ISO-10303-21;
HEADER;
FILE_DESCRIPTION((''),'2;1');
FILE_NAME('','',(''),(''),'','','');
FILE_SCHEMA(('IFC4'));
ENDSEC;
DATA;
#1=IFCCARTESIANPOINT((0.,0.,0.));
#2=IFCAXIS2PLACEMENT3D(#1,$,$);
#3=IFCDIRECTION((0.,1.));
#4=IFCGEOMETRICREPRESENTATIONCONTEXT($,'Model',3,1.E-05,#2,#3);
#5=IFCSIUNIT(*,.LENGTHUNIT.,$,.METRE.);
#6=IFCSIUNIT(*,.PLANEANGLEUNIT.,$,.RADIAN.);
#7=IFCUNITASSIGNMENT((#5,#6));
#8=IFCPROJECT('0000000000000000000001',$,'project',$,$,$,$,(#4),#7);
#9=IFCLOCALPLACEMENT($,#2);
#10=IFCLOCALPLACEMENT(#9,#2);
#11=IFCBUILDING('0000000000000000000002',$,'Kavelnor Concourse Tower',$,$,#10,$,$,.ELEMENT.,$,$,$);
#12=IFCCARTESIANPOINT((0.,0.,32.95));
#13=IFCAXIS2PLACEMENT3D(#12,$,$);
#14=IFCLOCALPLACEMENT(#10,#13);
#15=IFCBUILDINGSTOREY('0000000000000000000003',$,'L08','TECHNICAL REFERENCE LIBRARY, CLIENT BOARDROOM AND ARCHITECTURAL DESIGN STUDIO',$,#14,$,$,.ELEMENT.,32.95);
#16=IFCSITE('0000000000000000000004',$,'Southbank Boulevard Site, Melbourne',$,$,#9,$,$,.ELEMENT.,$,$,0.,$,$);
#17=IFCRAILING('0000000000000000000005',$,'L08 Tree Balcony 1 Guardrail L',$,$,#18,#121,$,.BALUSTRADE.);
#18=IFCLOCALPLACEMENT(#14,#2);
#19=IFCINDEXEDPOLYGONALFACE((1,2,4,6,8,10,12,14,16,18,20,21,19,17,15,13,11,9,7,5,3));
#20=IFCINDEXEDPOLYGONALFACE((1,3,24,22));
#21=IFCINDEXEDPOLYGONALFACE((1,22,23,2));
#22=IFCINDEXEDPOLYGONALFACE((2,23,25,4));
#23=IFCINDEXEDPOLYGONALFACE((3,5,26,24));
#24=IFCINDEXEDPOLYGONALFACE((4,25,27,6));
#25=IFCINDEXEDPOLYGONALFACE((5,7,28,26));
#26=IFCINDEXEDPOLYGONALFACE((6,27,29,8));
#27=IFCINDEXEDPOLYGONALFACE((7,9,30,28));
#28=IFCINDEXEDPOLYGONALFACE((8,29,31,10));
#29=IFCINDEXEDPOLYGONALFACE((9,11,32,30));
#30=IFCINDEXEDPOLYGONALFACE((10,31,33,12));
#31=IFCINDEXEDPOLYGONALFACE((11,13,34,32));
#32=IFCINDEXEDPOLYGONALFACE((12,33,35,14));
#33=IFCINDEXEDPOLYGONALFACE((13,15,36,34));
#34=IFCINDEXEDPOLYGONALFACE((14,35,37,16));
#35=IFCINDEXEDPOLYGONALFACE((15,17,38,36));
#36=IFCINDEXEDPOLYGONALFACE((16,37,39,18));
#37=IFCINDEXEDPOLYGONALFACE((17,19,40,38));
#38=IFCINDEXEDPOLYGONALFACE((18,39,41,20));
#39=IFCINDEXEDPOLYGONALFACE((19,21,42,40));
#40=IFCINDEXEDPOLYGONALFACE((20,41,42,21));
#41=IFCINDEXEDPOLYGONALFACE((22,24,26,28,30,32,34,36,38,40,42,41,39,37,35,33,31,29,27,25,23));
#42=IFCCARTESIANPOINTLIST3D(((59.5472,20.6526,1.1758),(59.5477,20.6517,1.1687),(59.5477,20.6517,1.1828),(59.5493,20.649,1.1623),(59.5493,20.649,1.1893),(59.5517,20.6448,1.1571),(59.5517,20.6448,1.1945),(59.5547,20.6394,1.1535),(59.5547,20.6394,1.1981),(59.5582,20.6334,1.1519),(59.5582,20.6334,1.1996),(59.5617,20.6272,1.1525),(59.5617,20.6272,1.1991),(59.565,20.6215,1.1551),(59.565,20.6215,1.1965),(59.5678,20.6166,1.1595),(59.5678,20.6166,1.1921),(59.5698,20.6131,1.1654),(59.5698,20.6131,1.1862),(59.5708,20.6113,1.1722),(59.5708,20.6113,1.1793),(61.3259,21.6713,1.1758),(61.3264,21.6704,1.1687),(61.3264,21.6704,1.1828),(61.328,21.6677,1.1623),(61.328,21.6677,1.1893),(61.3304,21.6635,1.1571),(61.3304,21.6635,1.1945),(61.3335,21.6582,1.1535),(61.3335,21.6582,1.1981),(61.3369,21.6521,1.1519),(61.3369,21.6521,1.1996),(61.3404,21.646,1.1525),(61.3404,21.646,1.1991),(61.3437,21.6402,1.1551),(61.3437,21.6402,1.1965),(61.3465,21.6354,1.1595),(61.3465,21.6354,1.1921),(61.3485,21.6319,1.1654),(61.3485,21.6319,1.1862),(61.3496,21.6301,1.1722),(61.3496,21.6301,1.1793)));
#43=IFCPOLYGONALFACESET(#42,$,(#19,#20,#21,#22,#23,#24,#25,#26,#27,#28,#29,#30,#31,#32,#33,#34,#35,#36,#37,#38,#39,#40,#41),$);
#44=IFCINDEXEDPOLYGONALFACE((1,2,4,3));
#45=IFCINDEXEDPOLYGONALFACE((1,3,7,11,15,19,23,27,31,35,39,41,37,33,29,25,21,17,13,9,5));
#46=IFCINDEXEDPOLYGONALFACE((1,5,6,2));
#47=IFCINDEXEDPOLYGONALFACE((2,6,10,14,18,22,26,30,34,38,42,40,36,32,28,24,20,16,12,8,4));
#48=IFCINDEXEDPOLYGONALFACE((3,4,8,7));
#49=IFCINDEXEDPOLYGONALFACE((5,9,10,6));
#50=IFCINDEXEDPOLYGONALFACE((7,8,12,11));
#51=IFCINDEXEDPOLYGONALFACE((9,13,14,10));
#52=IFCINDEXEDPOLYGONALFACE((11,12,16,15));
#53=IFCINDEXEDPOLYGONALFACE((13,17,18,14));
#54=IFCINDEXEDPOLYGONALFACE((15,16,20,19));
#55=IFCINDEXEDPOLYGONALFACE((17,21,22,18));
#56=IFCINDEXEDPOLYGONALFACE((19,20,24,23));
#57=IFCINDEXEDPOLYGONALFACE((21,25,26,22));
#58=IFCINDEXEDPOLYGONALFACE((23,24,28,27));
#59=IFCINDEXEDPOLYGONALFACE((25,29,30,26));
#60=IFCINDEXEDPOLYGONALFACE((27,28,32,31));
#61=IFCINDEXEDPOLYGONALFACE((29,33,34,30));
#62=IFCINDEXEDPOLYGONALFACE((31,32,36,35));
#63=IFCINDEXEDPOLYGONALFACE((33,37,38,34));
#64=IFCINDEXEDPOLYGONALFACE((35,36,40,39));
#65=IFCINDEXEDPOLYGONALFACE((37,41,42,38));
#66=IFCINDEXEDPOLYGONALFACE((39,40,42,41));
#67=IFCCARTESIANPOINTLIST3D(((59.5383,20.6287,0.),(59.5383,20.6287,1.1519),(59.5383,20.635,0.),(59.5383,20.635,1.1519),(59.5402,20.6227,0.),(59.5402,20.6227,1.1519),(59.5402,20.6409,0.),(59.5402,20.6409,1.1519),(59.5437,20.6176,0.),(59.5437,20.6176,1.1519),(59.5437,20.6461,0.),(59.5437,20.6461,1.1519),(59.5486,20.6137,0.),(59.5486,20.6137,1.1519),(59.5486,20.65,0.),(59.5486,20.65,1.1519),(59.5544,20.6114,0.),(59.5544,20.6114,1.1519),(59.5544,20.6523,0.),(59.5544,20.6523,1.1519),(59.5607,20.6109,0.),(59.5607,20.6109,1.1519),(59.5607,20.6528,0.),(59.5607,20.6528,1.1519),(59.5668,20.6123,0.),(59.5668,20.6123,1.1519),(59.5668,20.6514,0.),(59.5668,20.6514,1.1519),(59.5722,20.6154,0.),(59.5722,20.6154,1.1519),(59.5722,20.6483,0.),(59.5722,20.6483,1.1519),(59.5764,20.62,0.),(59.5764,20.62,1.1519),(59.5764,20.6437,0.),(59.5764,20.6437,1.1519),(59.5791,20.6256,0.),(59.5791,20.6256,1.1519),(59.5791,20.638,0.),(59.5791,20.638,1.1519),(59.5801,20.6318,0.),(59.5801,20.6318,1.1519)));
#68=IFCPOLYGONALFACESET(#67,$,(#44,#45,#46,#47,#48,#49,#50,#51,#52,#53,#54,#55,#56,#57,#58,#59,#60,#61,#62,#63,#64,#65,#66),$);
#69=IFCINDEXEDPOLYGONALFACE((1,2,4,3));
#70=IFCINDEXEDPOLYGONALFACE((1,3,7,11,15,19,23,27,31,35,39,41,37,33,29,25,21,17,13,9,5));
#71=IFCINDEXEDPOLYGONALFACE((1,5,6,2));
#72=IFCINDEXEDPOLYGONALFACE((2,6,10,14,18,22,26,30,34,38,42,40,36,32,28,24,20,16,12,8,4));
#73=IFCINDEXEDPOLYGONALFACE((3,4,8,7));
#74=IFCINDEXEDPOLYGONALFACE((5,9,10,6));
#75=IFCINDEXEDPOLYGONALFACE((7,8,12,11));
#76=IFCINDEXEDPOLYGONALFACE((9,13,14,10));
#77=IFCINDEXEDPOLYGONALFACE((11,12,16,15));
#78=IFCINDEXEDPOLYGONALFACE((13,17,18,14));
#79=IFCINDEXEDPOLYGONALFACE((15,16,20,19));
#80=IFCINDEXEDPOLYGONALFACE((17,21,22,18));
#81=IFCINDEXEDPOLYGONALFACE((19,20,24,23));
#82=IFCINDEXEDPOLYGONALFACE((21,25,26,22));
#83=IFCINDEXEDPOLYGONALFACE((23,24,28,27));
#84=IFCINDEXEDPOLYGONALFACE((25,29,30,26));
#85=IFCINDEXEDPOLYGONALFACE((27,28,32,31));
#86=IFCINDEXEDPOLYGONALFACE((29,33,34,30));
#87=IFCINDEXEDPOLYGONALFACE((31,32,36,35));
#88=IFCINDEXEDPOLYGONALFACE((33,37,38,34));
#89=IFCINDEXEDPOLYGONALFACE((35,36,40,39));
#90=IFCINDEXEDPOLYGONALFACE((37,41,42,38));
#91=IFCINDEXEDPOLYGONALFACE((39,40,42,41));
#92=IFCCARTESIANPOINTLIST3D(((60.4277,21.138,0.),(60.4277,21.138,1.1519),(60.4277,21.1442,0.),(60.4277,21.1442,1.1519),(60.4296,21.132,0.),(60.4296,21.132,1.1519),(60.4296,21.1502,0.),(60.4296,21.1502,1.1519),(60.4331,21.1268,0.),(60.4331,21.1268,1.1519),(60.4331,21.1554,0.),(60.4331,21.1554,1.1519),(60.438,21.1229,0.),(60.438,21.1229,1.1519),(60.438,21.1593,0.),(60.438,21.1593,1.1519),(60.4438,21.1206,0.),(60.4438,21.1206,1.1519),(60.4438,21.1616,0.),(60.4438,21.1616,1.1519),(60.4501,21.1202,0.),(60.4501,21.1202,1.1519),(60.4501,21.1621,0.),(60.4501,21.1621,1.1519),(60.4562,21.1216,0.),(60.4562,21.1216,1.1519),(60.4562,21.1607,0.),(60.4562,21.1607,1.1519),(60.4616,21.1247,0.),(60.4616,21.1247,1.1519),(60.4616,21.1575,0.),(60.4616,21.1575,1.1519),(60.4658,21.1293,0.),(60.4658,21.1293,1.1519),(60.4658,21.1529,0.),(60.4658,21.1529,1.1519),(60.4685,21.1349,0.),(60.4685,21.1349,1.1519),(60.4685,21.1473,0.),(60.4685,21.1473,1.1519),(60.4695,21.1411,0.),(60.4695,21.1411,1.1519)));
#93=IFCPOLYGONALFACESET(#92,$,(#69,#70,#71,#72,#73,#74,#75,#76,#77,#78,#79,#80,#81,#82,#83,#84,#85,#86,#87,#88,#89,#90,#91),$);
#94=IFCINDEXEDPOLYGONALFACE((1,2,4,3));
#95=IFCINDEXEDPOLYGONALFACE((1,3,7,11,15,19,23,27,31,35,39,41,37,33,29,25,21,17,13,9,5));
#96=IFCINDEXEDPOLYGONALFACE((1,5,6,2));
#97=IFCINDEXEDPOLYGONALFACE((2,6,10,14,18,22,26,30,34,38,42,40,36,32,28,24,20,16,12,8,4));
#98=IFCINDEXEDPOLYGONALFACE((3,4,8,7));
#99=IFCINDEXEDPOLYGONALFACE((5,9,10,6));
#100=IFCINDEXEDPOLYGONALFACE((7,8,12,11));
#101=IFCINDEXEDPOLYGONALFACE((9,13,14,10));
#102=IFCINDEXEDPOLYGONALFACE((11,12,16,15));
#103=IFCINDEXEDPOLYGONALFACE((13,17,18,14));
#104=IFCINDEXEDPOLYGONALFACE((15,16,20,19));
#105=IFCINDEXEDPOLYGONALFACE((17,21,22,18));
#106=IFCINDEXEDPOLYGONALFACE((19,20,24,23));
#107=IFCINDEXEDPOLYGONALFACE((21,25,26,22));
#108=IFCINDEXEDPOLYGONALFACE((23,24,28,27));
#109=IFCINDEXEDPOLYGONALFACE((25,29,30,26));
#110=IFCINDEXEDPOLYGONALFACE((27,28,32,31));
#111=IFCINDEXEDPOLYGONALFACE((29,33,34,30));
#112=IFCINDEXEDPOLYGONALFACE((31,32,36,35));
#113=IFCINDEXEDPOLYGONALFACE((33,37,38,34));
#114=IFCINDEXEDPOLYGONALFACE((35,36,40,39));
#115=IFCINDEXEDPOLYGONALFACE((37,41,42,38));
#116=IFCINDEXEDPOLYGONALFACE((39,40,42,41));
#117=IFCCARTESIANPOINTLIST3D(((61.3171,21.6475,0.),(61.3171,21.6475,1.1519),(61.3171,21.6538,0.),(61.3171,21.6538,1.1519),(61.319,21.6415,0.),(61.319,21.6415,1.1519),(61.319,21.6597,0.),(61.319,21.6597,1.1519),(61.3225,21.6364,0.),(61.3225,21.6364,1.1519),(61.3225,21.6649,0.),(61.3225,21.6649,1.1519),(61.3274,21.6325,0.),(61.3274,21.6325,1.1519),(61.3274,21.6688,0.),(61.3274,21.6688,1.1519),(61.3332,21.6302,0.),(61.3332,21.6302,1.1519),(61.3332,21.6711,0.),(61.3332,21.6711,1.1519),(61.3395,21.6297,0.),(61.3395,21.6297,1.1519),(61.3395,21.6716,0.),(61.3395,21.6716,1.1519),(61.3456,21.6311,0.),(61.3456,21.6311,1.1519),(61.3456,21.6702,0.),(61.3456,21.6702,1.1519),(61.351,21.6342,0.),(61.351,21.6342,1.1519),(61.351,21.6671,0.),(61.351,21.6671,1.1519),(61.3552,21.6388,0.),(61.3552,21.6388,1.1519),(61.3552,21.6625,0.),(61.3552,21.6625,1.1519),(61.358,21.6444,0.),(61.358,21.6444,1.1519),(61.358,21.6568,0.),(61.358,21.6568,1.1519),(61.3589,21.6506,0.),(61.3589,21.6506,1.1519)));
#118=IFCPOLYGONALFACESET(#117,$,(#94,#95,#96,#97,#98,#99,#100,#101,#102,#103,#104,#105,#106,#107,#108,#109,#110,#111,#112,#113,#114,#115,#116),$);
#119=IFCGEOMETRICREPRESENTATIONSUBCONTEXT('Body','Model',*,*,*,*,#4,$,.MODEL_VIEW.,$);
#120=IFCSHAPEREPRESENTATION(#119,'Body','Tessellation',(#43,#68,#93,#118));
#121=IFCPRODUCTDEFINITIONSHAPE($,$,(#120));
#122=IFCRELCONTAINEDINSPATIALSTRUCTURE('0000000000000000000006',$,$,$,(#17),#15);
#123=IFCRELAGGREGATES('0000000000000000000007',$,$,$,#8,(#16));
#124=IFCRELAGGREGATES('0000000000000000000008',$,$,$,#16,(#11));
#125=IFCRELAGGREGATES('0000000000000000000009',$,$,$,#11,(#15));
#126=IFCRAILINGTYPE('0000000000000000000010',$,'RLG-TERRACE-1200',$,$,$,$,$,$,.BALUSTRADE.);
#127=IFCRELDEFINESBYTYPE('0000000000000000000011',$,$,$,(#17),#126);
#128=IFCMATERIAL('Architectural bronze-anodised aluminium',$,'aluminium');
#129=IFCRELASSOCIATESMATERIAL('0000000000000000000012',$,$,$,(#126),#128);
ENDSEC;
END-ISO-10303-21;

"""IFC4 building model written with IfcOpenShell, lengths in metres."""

from ifc_helpers import new_model, si_unit, direction, frame, origin, origin_2d, place, context, subcontext, project, spatial, circle, extrude, material, type_object, element, save


model = new_model("IFC4")

# Units and contexts
model_context = context("Model", 3, precision=1e-05, world=origin(), true_north=direction((0.0, 1.0)))
body_context = subcontext(model_context, "Body", "Model", "MODEL_VIEW")
ifc_project = project(units=[si_unit("LENGTHUNIT", "METRE"), si_unit("PLANEANGLEUNIT", "RADIAN")], contexts=[model_context])

# Site, building, storey
site_placement = place(None, origin())
site = spatial("IfcSite", under=ifc_project, at=site_placement, Name="Southbank Boulevard Site, Melbourne", CompositionType="ELEMENT", RefElevation=0.0)
building_placement = place(site_placement, origin())
building = spatial("IfcBuilding", under=site, at=building_placement, Name="Kavelnor Concourse Tower", CompositionType="ELEMENT")
storey_placement = place(building_placement, frame((0.0, 0.0, 32.95)))
storey = spatial("IfcBuildingStorey", under=building, at=storey_placement, Name="L08", Description="TECHNICAL REFERENCE LIBRARY, CLIENT BOARDROOM AND ARCHITECTURAL DESIGN STUDIO", CompositionType="ELEMENT", Elevation=32.95)

# Railing
ifc_material_1 = material(Name="Architectural bronze-anodised aluminium", Category="aluminium")
railing_type_1 = type_object("IfcRailingType", Name="RLG-TERRACE-1200", PredefinedType="BALUSTRADE", material=ifc_material_1)
railing_1_placement = place(storey_placement, frame((59.5591, 20.6318, 0.0)))
element("IfcRailing", 1, at=railing_1_placement, inside=storey, type_object=railing_type_1, Name="L08 Tree Balcony 1 Guardrail L", PredefinedType="BALUSTRADE", context=body_context, shape_type="SweptSolid", body=[
    extrude(circle(Radius=0.0239, at=origin_2d()), frame((0.0, 0.0, 1.1758), z_axis=(0.867752, 0.496998, 0.0), x_axis=(-0.496998, 0.867752, 0.0)), (0.0, 0.0, 1.0), 2.0498),
    extrude(circle(Radius=0.021, at=origin_2d()), origin(), (0.0, 0.0, 1.0), 1.1519),
    extrude(circle(Radius=0.021, at=origin_2d()), frame((0.8894, 0.5093, 0.0)), (0.0, 0.0, 1.0), 1.1519),
    extrude(circle(Radius=0.021, at=origin_2d()), frame((1.7788, 1.0188, 0.0)), (0.0, 0.0, 1.0), 1.1519),
])

save(model, "model.ifc")
